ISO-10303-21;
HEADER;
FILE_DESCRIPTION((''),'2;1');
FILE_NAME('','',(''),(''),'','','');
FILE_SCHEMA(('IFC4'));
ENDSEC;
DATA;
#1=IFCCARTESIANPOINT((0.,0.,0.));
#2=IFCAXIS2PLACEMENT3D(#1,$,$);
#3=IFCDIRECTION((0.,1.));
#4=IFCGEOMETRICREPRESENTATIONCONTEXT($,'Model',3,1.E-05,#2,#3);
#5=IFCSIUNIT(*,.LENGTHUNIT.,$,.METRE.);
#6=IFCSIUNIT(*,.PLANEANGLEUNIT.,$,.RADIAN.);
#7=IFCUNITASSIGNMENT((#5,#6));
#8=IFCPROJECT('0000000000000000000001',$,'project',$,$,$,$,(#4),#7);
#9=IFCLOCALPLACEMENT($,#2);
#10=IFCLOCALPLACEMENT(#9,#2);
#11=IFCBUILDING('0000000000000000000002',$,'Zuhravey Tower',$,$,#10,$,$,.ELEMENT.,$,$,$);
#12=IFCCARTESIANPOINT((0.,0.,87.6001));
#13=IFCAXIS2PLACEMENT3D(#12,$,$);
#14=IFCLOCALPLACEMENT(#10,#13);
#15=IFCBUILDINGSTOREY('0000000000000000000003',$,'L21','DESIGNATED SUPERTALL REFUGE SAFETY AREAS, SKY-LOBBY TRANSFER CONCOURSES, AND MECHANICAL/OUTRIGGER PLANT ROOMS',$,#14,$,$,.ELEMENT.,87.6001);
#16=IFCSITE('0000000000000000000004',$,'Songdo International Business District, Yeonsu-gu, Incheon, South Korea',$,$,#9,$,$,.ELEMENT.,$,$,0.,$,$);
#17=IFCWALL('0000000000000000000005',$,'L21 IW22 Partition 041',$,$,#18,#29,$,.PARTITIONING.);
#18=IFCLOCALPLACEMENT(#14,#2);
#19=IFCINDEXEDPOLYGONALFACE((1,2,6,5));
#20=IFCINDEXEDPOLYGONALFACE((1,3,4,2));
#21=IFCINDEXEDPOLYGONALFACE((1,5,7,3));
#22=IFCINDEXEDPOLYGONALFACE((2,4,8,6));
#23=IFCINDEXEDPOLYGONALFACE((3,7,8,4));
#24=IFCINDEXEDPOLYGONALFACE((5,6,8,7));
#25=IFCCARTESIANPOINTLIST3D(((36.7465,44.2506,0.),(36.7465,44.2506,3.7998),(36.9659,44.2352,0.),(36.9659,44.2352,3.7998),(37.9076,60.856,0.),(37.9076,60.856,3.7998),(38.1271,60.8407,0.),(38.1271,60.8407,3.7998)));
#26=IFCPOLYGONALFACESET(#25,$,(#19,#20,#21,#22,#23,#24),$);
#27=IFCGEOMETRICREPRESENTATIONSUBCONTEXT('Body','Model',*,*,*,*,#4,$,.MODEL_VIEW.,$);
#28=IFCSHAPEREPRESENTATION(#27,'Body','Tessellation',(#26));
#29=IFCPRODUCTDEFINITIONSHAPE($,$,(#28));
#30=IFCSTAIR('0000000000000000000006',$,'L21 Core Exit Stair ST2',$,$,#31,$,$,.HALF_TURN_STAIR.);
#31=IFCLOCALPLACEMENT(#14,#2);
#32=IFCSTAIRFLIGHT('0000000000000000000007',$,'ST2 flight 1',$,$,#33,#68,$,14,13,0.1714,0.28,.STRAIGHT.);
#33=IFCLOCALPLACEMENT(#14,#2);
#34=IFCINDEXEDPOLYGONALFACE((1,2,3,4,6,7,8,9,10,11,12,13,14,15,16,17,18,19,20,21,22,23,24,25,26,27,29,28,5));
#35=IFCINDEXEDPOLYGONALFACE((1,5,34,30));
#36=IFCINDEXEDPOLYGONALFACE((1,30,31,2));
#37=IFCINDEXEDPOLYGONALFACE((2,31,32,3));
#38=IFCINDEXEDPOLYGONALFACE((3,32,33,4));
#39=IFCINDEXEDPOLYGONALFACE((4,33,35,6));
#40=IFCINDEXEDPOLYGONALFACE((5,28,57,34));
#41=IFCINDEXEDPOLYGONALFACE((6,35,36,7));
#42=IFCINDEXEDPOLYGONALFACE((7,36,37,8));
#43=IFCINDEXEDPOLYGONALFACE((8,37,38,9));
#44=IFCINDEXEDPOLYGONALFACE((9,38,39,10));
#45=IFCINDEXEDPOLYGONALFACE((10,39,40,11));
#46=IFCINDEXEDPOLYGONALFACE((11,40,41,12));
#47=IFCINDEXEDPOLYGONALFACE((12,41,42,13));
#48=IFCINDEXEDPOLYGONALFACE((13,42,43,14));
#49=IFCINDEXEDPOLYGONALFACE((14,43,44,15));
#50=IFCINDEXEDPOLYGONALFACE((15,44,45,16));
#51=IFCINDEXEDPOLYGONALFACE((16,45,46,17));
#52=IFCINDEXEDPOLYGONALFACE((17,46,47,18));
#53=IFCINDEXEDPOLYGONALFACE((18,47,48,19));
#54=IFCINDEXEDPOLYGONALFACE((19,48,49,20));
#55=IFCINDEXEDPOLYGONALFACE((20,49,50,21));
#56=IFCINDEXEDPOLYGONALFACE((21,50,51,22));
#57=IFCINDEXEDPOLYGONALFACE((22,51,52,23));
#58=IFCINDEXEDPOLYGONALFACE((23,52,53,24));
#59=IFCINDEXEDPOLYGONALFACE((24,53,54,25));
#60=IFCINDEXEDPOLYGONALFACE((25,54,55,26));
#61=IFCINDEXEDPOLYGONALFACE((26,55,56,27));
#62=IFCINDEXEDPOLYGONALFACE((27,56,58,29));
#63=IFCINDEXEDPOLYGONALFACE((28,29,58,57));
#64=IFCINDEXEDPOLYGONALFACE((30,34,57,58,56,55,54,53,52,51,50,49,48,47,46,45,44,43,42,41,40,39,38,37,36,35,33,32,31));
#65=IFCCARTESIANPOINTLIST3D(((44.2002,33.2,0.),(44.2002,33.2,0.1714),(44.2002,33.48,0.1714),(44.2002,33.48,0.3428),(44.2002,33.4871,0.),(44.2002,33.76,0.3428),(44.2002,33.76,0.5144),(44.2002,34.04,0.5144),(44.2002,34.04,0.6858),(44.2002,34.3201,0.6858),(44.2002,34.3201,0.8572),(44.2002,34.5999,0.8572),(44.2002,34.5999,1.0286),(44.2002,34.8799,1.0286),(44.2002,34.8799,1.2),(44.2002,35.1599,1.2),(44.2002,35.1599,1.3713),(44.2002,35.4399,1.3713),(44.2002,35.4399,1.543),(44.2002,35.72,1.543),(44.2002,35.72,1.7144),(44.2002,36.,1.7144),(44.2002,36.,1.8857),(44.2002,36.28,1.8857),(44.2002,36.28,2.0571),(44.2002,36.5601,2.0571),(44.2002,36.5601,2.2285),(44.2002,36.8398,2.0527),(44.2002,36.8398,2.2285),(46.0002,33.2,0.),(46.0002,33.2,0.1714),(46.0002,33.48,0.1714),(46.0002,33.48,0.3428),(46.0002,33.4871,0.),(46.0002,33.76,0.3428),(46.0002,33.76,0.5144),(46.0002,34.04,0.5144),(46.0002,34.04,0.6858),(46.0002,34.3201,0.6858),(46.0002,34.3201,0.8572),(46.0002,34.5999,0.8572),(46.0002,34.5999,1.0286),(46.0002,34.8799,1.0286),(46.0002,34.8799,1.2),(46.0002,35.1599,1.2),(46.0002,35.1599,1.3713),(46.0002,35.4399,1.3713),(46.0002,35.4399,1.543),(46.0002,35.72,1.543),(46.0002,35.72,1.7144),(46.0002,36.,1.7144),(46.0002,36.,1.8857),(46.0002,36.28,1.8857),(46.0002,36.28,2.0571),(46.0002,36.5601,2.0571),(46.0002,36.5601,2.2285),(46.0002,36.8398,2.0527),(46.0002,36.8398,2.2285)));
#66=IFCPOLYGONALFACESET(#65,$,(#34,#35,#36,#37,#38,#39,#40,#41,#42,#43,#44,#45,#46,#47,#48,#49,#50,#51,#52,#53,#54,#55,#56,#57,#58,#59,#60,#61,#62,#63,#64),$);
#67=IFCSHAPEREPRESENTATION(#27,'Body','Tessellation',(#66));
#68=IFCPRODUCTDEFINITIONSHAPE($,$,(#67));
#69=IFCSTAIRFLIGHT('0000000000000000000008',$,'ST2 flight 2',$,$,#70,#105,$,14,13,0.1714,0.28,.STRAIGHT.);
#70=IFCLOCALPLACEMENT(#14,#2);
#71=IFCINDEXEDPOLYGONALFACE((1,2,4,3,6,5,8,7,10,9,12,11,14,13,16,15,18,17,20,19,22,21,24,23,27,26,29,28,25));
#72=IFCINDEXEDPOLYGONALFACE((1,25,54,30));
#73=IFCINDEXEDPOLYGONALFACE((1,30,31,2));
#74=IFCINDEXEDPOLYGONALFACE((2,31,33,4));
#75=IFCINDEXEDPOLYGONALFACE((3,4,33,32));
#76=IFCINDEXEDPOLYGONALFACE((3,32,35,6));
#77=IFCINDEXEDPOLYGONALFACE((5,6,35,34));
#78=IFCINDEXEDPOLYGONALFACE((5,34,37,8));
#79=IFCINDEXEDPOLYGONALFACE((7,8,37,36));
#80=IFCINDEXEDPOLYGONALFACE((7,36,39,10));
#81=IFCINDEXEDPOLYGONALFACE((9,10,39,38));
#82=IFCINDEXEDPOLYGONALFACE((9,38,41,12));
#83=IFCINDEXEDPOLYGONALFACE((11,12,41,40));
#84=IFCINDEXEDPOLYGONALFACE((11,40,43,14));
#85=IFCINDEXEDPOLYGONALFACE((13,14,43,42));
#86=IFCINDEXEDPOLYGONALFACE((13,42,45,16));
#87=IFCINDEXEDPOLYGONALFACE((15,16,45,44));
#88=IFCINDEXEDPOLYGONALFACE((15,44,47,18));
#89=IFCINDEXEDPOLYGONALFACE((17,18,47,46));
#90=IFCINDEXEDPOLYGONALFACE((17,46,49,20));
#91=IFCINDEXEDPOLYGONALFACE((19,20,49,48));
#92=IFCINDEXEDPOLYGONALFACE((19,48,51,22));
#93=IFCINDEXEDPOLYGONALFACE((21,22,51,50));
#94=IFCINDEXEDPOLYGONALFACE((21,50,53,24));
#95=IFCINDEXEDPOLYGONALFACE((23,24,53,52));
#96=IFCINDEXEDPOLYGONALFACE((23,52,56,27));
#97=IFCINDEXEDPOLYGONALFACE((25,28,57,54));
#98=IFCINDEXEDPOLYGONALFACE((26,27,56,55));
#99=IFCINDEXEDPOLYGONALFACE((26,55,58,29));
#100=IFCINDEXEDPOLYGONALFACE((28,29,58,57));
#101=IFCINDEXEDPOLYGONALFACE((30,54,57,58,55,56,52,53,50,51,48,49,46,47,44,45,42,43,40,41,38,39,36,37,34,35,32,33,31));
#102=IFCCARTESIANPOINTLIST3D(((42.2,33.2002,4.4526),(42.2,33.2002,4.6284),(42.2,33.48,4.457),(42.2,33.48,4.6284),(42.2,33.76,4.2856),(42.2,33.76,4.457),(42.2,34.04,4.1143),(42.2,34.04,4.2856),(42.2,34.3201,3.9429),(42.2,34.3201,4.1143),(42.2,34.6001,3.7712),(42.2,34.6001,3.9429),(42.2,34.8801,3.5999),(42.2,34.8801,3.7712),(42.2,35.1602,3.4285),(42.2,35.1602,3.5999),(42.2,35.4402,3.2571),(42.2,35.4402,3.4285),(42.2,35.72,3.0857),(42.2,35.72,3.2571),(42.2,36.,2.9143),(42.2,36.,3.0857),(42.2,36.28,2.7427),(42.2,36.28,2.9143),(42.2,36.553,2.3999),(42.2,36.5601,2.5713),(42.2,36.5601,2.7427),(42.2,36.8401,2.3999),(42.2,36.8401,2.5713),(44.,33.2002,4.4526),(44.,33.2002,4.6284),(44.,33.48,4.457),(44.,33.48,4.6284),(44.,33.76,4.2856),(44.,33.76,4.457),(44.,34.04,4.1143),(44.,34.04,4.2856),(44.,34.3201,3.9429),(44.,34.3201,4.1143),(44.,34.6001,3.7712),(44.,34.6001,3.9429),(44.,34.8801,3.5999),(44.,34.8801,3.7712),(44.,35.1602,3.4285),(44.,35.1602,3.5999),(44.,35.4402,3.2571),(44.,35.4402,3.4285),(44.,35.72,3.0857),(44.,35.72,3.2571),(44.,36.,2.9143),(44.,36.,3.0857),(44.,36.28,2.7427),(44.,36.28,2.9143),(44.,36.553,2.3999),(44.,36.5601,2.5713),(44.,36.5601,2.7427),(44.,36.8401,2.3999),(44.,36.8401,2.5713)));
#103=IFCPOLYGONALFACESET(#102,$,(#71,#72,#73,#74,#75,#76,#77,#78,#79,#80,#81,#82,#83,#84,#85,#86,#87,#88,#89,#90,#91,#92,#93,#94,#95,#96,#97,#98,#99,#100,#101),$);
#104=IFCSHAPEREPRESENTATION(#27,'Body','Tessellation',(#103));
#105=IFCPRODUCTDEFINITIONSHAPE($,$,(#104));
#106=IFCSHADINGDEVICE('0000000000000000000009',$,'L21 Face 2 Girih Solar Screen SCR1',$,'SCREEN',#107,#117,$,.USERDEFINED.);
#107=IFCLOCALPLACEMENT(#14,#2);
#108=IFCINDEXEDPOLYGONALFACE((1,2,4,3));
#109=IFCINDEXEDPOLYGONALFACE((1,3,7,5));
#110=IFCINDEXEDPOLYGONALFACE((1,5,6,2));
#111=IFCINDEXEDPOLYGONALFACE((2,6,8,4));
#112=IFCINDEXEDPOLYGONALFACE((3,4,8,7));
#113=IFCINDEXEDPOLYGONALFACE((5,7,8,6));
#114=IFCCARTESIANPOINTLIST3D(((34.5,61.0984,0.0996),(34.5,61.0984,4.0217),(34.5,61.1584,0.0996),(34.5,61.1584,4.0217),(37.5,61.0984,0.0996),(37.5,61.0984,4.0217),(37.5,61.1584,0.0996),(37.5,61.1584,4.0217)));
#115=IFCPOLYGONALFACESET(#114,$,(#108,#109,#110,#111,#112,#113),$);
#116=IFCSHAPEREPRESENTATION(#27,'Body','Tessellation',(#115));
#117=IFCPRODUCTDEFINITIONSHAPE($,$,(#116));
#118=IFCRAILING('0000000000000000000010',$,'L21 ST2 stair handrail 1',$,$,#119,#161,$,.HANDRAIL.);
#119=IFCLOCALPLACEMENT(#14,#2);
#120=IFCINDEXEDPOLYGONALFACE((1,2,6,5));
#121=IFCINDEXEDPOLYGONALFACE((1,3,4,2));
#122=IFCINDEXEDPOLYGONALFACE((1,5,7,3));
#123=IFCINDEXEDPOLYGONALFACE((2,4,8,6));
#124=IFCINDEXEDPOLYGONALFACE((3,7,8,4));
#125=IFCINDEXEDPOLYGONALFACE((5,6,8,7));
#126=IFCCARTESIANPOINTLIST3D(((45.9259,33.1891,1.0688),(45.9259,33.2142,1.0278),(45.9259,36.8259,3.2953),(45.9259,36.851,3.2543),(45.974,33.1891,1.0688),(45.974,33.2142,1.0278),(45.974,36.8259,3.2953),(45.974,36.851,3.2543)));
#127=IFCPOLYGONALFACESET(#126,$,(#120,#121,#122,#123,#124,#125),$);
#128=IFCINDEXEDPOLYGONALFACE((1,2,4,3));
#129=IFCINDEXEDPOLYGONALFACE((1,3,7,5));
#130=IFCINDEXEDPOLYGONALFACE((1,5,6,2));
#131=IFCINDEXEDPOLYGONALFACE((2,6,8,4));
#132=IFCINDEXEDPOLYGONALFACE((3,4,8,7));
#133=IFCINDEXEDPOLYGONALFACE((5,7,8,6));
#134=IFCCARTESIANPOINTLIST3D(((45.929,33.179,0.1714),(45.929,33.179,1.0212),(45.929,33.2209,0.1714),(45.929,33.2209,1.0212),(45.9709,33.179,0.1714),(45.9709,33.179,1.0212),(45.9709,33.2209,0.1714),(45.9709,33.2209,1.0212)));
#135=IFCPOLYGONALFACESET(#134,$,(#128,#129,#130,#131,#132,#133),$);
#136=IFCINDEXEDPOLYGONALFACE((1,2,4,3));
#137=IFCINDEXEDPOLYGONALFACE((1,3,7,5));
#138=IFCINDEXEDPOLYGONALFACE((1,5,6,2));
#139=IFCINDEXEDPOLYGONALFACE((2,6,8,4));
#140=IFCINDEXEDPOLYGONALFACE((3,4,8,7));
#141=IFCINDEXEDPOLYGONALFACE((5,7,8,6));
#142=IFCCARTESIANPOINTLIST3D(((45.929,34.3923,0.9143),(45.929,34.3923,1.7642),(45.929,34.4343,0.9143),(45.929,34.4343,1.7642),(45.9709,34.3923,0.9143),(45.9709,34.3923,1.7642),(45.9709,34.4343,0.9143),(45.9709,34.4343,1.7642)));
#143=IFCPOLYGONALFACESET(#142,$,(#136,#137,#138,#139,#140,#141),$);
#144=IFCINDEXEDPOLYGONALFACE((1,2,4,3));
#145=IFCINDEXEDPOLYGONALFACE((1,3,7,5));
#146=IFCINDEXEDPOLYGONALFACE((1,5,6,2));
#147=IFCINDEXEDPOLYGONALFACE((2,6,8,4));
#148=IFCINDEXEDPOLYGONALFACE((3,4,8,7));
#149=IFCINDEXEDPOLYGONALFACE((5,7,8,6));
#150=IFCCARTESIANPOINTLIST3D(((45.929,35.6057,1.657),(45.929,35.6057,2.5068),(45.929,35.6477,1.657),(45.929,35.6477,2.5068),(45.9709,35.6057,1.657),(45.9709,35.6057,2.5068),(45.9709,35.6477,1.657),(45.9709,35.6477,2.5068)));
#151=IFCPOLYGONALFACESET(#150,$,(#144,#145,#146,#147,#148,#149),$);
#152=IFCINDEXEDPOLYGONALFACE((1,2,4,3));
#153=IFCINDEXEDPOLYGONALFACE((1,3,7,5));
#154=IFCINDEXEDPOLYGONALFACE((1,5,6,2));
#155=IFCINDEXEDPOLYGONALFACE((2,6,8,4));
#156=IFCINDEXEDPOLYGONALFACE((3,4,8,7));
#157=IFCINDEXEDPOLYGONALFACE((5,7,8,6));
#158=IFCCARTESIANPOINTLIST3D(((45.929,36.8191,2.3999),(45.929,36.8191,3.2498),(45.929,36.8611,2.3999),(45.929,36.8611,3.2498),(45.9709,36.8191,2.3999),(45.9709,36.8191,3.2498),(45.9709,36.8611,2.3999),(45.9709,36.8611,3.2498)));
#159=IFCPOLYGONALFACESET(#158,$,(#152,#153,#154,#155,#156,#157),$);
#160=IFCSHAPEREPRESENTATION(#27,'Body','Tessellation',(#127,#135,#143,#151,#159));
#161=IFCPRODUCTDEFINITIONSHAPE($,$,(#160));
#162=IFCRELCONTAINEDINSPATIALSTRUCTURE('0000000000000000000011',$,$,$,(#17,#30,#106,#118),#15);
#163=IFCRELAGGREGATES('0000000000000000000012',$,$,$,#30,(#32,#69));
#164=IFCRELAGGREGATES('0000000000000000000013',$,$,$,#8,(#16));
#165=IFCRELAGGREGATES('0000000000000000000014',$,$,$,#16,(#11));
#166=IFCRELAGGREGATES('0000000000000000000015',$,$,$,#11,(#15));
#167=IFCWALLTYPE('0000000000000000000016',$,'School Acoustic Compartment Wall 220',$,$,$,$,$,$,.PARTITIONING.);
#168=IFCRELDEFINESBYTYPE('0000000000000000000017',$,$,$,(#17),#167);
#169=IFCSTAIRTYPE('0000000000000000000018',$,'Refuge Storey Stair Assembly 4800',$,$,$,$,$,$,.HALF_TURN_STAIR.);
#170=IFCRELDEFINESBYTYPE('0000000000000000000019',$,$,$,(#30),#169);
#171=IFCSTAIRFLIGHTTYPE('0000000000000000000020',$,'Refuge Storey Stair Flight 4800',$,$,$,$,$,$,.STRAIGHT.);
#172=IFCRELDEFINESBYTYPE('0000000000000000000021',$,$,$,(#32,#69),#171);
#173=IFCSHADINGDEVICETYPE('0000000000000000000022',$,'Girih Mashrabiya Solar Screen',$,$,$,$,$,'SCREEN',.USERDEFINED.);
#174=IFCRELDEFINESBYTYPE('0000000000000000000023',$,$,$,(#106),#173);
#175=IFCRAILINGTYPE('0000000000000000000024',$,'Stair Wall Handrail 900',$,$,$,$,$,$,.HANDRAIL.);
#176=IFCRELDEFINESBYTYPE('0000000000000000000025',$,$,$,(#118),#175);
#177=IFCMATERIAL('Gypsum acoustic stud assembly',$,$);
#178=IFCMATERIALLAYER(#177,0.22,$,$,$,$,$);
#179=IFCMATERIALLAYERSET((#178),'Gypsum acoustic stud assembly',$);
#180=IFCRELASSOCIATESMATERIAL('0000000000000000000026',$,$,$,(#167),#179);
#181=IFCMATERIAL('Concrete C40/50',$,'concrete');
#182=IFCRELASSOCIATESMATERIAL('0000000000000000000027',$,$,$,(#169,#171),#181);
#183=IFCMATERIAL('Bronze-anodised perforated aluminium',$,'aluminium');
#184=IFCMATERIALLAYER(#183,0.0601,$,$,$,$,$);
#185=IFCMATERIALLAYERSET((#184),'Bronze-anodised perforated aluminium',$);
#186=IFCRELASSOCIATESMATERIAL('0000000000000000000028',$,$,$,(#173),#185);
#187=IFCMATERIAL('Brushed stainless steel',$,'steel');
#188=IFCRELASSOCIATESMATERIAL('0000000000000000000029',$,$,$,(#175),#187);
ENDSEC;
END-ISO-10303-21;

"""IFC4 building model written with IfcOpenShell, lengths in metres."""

from ifc_helpers import new_model, si_unit, direction, frame, frame_2d, origin, origin_2d, place, context, subcontext, project, spatial, polyline, rectangle, outline, extrude, material, layer, layer_set, type_object, element, aggregate, save


model = new_model("IFC4")

# Units and contexts
model_context = context("Model", 3, precision=1e-05, world=origin(), true_north=direction((0.0, 1.0)))
body_context = subcontext(model_context, "Body", "Model", "MODEL_VIEW")
ifc_project = project(units=[si_unit("LENGTHUNIT", "METRE"), si_unit("PLANEANGLEUNIT", "RADIAN")], contexts=[model_context])

# Site, building, storey
site_placement = place(None, origin())
site = spatial("IfcSite", under=ifc_project, at=site_placement, Name="Songdo International Business District, Yeonsu-gu, Incheon, South Korea", CompositionType="ELEMENT", RefElevation=0.0)
building_placement = place(site_placement, origin())
building = spatial("IfcBuilding", under=site, at=building_placement, Name="Zuhravey Tower", CompositionType="ELEMENT")
storey_placement = place(building_placement, frame((0.0, 0.0, 87.6001)))
storey = spatial("IfcBuildingStorey", under=building, at=storey_placement, Name="L21", Description="DESIGNATED SUPERTALL REFUGE SAFETY AREAS, SKY-LOBBY TRANSFER CONCOURSES, AND MECHANICAL/OUTRIGGER PLANT ROOMS", CompositionType="ELEMENT", Elevation=87.6001)

# Wall
ifc_material_1 = material(Name="Gypsum acoustic stud assembly")
ifc_layer_1 = layer(ifc_material_1, 0.22)
ifc_layer_set_1 = layer_set([ifc_layer_1], Name="Gypsum acoustic stud assembly")
wall_type_1 = type_object("IfcWallType", Name="School Acoustic Compartment Wall 220", PredefinedType="PARTITIONING", material=ifc_layer_set_1)
wall_1_placement = place(storey_placement, frame((36.8562, 44.2429, 0.0), z_axis=(0.0, 0.0, 1.0), x_axis=(0.069754, 0.997564, 0.0)))
element("IfcWall", 1, at=wall_1_placement, inside=storey, type_object=wall_type_1, Name="L21 IW22 Partition 041", PredefinedType="PARTITIONING", context=body_context, shape_type="SweptSolid", body=[
    extrude(rectangle(XDim=16.646, YDim=0.22, at=frame_2d((8.323, 0.0))), origin(), (0.0, 0.0, 1.0), 3.7998),
])

# Stair, stair flights
ifc_material_2 = material(Name="Concrete C40/50", Category="concrete")
stair_type = type_object("IfcStairType", Name="Refuge Storey Stair Assembly 4800", PredefinedType="HALF_TURN_STAIR", material=ifc_material_2)
stair_placement = place(storey_placement, origin())
stair = element("IfcStair", 2, at=stair_placement, inside=storey, type_object=stair_type, Name="L21 Core Exit Stair ST2", PredefinedType="HALF_TURN_STAIR")
stair_flight_type = type_object("IfcStairFlightType", Name="Refuge Storey Stair Flight 4800", PredefinedType="STRAIGHT", material=ifc_material_2)
stair_flight_1_placement = place(storey_placement, frame((45.1001, 33.2, 0.0), z_axis=(0.0, 0.0, 1.0), x_axis=(0.0, 1.0, 0.0)))
stair_flight_1 = element("IfcStairFlight", 3, at=stair_flight_1_placement, type_object=stair_flight_type, Name="ST2 flight 1", NumberOfRisers=14, NumberOfTreads=13, PredefinedType="STRAIGHT", RiserHeight=0.1714, TreadLength=0.28, context=body_context, shape_type="SweptSolid", body=[
    extrude(outline(polyline([(0.0, 0.0), (0.0, 0.1714), (0.28, 0.1714), (0.28, 0.3428), (0.5601, 0.3428), (0.5601, 0.5144), (0.8401, 0.5144), (0.8401, 0.6858), (1.1201, 0.6858), (1.1201, 0.8572), (1.3999, 0.8572), (1.3999, 1.0286), (1.6799, 1.0286), (1.6799, 1.2), (1.96, 1.2), (1.96, 1.3713), (2.24, 1.3713), (2.24, 1.543), (2.52, 1.543), (2.52, 1.7144), (2.8, 1.7144), (2.8, 1.8857), (3.0801, 1.8857), (3.0801, 2.0571), (3.3601, 2.0571), (3.3601, 2.2285), (3.6399, 2.2285), (3.6399, 2.3999), (3.6399, 2.0527), (0.2871, 0.0), (0.0, 0.0)])), frame((0.0, 0.8999, 0.0), z_axis=(0.0, -1.0, 0.0), x_axis=(1.0, 0.0, 0.0)), (0.0, 0.0, 1.0), 1.8),
])
stair_flight_2_placement = place(storey_placement, frame((43.1001, 36.8401, 2.3999), z_axis=(0.0, 0.0, 1.0), x_axis=(0.0, -1.0, 0.0)))
stair_flight_2 = element("IfcStairFlight", 4, at=stair_flight_2_placement, type_object=stair_flight_type, Name="ST2 flight 2", NumberOfRisers=14, NumberOfTreads=13, PredefinedType="STRAIGHT", RiserHeight=0.1714, TreadLength=0.28, context=body_context, shape_type="SweptSolid", body=[
    extrude(outline(polyline([(0.0, 0.0), (0.0, 0.1714), (0.28, 0.1714), (0.28, 0.3428), (0.5601, 0.3428), (0.5601, 0.5144), (0.8401, 0.5144), (0.8401, 0.6858), (1.1201, 0.6858), (1.1201, 0.8572), (1.3999, 0.8572), (1.3999, 1.0286), (1.6799, 1.0286), (1.6799, 1.2), (1.96, 1.2), (1.96, 1.3713), (2.24, 1.3713), (2.24, 1.543), (2.52, 1.543), (2.52, 1.7144), (2.8, 1.7144), (2.8, 1.8857), (3.0801, 1.8857), (3.0801, 2.0571), (3.3601, 2.0571), (3.3601, 2.2285), (3.6399, 2.2285), (3.6399, 2.3999), (3.6399, 2.0527), (0.2871, 0.0), (0.0, 0.0)])), frame((0.0, 0.8999, 0.0), z_axis=(0.0, -1.0, 0.0), x_axis=(1.0, 0.0, 0.0)), (0.0, 0.0, 1.0), 1.8),
])
aggregate(stair, [stair_flight_1, stair_flight_2])

# Shading device
ifc_material_3 = material(Name="Bronze-anodised perforated aluminium", Category="aluminium")
ifc_layer_2 = layer(ifc_material_3, 0.0601)
ifc_layer_set_2 = layer_set([ifc_layer_2], Name="Bronze-anodised perforated aluminium")
shading_device_type = type_object("IfcShadingDeviceType", Name="Girih Mashrabiya Solar Screen", ElementType="SCREEN", PredefinedType="USERDEFINED", material=ifc_layer_set_2)
shading_device_placement = place(storey_placement, frame((36.0, 61.1284, 0.0996), z_axis=(0.0, 0.0, 1.0), x_axis=(1.0, 0.0, 0.0)))
element("IfcShadingDevice", 5, at=shading_device_placement, inside=storey, type_object=shading_device_type, Name="L21 Face 2 Girih Solar Screen SCR1", ObjectType="SCREEN", PredefinedType="USERDEFINED", context=body_context, shape_type="SweptSolid", body=[
    extrude(rectangle(XDim=3.0, YDim=0.0601, at=origin_2d()), origin(), (0.0, 0.0, 1.0), 3.9221),
])

# Railing
ifc_material_4 = material(Name="Brushed stainless steel", Category="steel")
railing_type_1 = type_object("IfcRailingType", Name="Stair Wall Handrail 900", PredefinedType="HANDRAIL", material=ifc_material_4)
railing_1_placement = place(storey_placement, frame((45.95, 33.2, 0.1714)))
element("IfcRailing", 6, at=railing_1_placement, inside=storey, type_object=railing_type_1, Name="L21 ST2 stair handrail 1", PredefinedType="HANDRAIL", context=body_context, shape_type="SweptSolid", body=[
    extrude(rectangle(XDim=0.0481, YDim=0.0481, at=origin_2d()), frame((0.0, 0.0017, 0.877), z_axis=(0.0, 0.852866, 0.52213), x_axis=(-1.0, 0.0, 0.0)), (0.0, 0.0, 1.0), 4.2642),
    extrude(rectangle(XDim=0.042, YDim=0.042, at=origin_2d()), origin(), (0.0, 0.0, 1.0), 0.8499),
    extrude(rectangle(XDim=0.042, YDim=0.042, at=origin_2d()), frame((0.0, 1.2134, 0.7429)), (0.0, 0.0, 1.0), 0.8499),
    extrude(rectangle(XDim=0.042, YDim=0.042, at=origin_2d()), frame((0.0, 2.4268, 1.4856)), (0.0, 0.0, 1.0), 0.8499),
    extrude(rectangle(XDim=0.042, YDim=0.042, at=origin_2d()), frame((0.0, 3.6401, 2.2285)), (0.0, 0.0, 1.0), 0.8499),
])

save(model, "model.ifc")
